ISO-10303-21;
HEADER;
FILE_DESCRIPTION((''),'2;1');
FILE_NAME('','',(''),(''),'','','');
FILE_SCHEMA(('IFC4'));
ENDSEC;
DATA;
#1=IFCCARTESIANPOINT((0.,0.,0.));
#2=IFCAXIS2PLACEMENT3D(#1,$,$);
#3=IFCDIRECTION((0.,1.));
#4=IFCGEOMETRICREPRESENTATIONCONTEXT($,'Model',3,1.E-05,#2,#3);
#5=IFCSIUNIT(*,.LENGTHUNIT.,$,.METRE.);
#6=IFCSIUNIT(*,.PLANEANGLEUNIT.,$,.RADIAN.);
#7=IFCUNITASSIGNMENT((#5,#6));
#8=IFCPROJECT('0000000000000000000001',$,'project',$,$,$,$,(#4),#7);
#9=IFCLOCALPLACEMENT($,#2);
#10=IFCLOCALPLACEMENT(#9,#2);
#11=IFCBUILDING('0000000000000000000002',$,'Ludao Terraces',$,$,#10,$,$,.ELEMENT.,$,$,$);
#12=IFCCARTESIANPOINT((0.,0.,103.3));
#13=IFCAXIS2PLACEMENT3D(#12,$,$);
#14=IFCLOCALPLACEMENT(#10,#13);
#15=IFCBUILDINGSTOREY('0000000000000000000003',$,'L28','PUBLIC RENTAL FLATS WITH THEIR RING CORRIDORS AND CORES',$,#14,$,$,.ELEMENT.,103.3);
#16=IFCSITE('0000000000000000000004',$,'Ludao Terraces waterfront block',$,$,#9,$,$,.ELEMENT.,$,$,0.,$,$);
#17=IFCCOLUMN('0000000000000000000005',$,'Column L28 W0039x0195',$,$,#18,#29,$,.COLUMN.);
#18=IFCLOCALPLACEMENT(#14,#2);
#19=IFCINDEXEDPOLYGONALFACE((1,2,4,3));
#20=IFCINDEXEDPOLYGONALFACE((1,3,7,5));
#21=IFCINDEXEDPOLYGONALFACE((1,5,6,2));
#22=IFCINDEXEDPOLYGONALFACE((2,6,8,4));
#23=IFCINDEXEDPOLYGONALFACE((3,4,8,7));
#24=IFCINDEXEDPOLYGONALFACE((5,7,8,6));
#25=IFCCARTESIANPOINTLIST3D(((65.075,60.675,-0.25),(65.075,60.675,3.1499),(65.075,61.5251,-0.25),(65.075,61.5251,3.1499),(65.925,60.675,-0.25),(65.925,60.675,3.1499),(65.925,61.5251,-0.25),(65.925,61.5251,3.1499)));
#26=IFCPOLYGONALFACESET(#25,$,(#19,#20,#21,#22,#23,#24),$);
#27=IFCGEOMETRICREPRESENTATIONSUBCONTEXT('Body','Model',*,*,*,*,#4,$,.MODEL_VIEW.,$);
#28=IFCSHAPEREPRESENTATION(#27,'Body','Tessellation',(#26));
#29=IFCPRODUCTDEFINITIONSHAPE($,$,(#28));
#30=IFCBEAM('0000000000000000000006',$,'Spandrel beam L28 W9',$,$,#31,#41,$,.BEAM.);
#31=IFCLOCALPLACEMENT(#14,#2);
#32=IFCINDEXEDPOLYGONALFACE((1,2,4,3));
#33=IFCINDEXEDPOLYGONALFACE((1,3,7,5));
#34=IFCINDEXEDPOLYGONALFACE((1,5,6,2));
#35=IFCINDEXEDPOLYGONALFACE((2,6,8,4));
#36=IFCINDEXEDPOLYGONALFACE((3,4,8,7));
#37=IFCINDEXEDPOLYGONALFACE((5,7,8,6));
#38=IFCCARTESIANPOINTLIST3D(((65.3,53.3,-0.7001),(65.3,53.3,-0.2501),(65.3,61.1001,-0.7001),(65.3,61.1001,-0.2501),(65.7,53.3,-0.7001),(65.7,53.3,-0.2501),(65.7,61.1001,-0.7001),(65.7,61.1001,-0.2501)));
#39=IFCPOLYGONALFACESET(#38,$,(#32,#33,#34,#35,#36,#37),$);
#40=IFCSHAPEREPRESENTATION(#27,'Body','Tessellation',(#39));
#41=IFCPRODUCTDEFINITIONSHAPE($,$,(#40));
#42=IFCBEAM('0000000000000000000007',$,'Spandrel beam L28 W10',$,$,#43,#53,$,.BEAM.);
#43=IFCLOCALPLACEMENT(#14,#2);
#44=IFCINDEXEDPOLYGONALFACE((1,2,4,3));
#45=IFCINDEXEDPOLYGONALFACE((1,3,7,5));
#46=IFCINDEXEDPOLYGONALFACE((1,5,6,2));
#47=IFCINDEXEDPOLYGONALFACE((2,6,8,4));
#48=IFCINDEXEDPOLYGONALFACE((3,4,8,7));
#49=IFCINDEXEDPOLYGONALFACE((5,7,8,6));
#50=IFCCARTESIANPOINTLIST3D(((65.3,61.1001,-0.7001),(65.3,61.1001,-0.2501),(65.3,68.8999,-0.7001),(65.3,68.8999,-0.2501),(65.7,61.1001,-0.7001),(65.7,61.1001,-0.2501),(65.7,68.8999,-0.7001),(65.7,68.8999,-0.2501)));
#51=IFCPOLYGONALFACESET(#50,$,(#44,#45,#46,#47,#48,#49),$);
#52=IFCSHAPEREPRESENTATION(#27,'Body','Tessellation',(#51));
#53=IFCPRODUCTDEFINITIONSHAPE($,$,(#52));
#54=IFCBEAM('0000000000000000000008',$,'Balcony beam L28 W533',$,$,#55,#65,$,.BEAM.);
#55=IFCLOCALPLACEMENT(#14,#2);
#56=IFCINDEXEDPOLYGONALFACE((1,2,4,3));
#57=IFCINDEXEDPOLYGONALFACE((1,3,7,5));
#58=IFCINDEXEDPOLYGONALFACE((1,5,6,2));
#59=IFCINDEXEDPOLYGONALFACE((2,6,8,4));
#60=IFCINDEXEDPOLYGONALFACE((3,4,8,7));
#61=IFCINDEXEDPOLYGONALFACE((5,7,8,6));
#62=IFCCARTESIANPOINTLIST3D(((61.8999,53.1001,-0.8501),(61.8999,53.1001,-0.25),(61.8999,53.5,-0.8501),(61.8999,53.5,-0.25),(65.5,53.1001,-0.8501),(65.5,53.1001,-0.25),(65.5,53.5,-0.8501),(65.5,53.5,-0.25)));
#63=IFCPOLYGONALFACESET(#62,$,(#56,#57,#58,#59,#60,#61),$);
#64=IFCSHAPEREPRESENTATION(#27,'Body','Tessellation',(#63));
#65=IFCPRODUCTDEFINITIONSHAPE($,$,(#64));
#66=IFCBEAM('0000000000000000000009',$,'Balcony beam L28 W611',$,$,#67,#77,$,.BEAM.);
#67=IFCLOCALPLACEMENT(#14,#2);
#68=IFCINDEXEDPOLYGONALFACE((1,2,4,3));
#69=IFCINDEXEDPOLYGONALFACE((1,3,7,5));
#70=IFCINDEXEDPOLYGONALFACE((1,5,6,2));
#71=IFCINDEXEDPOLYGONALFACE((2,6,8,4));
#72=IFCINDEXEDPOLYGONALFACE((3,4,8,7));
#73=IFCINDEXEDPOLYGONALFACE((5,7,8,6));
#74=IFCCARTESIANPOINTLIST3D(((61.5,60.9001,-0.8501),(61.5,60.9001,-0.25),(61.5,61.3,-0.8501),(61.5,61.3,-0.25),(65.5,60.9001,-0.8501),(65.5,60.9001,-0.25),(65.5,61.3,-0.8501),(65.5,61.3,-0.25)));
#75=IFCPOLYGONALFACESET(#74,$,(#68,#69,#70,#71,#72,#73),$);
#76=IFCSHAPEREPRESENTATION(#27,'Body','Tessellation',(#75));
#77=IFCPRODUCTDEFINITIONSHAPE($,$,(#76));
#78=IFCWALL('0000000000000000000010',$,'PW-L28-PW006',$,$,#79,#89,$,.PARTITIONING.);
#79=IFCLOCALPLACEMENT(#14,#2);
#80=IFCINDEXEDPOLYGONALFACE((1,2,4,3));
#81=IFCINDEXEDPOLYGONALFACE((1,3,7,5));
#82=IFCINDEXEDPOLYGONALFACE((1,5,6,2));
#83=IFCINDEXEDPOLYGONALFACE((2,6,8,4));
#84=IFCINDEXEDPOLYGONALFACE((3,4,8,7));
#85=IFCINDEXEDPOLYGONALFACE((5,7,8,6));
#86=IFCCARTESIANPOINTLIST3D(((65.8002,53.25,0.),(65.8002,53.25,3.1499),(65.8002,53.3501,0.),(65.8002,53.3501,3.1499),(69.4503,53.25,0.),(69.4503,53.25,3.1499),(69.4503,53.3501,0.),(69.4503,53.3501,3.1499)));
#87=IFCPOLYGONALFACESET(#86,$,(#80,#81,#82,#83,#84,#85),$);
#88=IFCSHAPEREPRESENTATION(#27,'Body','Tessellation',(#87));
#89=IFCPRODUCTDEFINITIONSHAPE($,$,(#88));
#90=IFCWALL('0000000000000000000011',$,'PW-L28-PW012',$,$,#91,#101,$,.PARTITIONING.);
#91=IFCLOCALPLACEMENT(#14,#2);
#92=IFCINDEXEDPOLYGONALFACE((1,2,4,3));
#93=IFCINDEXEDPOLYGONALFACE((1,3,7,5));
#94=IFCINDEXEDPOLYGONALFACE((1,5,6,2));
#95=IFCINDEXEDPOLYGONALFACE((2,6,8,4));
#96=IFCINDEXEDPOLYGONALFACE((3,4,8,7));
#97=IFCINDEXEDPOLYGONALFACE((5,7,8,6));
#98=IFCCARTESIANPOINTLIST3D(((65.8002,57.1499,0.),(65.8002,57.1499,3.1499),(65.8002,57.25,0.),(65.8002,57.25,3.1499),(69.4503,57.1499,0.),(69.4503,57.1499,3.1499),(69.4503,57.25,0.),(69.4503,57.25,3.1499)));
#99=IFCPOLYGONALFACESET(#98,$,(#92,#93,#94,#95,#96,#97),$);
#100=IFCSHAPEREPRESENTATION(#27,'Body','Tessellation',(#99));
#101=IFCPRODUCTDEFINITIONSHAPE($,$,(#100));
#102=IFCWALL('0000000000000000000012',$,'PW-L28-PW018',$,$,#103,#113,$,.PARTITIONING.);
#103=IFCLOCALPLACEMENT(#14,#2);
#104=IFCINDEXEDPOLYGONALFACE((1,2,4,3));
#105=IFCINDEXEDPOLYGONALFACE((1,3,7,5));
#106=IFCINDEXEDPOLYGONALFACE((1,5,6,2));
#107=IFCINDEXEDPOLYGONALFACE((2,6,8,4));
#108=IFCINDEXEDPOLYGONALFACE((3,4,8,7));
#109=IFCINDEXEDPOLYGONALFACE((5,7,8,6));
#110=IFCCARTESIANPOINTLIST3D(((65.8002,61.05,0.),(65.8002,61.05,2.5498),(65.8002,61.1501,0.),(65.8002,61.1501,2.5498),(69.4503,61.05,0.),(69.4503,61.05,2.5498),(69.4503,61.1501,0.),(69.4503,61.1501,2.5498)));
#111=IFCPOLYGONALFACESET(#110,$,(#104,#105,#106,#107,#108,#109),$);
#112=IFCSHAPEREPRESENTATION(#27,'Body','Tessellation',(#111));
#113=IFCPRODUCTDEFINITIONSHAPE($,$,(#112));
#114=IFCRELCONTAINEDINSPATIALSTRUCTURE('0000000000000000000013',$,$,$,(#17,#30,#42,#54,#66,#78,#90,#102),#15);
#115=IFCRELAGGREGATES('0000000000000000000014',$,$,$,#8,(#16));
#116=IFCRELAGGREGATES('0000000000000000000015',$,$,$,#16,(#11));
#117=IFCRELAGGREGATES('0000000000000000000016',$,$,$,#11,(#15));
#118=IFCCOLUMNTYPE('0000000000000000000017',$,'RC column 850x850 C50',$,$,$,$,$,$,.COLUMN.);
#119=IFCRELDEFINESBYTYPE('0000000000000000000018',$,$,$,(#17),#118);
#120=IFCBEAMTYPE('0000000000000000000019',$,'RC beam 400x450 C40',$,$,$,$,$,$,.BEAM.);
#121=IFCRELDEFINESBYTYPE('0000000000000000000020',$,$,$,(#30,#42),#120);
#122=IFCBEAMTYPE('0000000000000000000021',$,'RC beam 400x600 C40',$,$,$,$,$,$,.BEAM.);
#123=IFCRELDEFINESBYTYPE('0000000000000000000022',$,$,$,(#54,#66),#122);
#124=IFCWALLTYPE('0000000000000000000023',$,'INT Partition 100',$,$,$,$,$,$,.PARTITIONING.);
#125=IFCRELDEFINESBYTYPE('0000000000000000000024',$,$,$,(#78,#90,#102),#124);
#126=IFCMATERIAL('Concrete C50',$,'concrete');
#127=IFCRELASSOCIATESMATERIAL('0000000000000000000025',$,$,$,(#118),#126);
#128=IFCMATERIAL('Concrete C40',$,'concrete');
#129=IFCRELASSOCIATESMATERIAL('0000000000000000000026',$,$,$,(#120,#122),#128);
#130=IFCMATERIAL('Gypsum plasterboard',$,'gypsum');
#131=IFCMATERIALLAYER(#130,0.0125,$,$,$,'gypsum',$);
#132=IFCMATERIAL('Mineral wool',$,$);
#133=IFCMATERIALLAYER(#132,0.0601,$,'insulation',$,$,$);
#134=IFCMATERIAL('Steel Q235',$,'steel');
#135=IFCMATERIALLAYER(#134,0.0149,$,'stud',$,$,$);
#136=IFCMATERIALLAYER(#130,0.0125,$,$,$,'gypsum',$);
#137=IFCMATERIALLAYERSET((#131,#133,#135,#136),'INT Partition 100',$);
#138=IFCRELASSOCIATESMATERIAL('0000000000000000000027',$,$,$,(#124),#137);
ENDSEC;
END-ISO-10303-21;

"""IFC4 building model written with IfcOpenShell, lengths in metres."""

from ifc_helpers import new_model, si_unit, direction, frame, frame_2d, origin, origin_2d, place, context, subcontext, project, spatial, rectangle, extrude, material, layer, layer_set, material_profile, profile_set, type_object, element, save


model = new_model("IFC4")

# Units and contexts
model_context = context("Model", 3, precision=1e-05, world=origin(), true_north=direction((0.0, 1.0)))
body_context = subcontext(model_context, "Body", "Model", "MODEL_VIEW")
ifc_project = project(units=[si_unit("LENGTHUNIT", "METRE"), si_unit("PLANEANGLEUNIT", "RADIAN")], contexts=[model_context])

# Site, building, storey
site_placement = place(None, origin())
site = spatial("IfcSite", under=ifc_project, at=site_placement, Name="Ludao Terraces waterfront block", CompositionType="ELEMENT", RefElevation=0.0)
building_placement = place(site_placement, origin())
building = spatial("IfcBuilding", under=site, at=building_placement, Name="Ludao Terraces", CompositionType="ELEMENT")
storey_placement = place(building_placement, frame((0.0, 0.0, 103.3)))
storey = spatial("IfcBuildingStorey", under=building, at=storey_placement, Name="L28", Description="PUBLIC RENTAL FLATS WITH THEIR RING CORRIDORS AND CORES", CompositionType="ELEMENT", Elevation=103.3)

# Column
ifc_material_1 = material(Name="Concrete C50", Category="concrete")
ifc_material_profile_1 = material_profile(ifc_material_1, rectangle(XDim=0.8501, YDim=0.8501, at=origin_2d()), Name="850 X 850")
ifc_profile_set_1 = profile_set([ifc_material_profile_1], Name="Concrete C50")
column_type = type_object("IfcColumnType", Name="RC column 850x850 C50", PredefinedType="COLUMN", material=ifc_profile_set_1)
column_placement = place(storey_placement, frame((65.5, 61.1001, -0.25), z_axis=(0.0, 0.0, 1.0), x_axis=(1.0, 0.0, 0.0)))
element("IfcColumn", 1, at=column_placement, inside=storey, type_object=column_type, Name="Column L28 W0039x0195", PredefinedType="COLUMN", context=body_context, shape_type="SweptSolid", body=[
    extrude(rectangle(XDim=0.8501, YDim=0.8501, at=origin_2d()), origin(), (0.0, 0.0, 1.0), 3.3999),
])

# Beams
ifc_material_2 = material(Name="Concrete C40", Category="concrete")
ifc_material_profile_2 = material_profile(ifc_material_2, rectangle(XDim=0.3999, YDim=0.45, at=origin_2d()), Name="400 X 450")
ifc_profile_set_2 = profile_set([ifc_material_profile_2], Name="Concrete C40")
beam_type_1 = type_object("IfcBeamType", Name="RC beam 400x450 C40", PredefinedType="BEAM", material=ifc_profile_set_2)
beam_1_placement = place(storey_placement, frame((65.5, 53.3, -0.4751), z_axis=(0.0, 1.0, 0.0), x_axis=(-1.0, 0.0, 0.0)))
element("IfcBeam", 2, at=beam_1_placement, inside=storey, type_object=beam_type_1, Name="Spandrel beam L28 W9", PredefinedType="BEAM", context=body_context, shape_type="SweptSolid", body=[
    extrude(rectangle(XDim=0.3999, YDim=0.45, at=origin_2d()), origin(), (0.0, 0.0, 1.0), 7.8),
])
beam_2_placement = place(storey_placement, frame((65.5, 61.1001, -0.4751), z_axis=(0.0, 1.0, 0.0), x_axis=(-1.0, 0.0, 0.0)))
element("IfcBeam", 3, at=beam_2_placement, inside=storey, type_object=beam_type_1, Name="Spandrel beam L28 W10", PredefinedType="BEAM", context=body_context, shape_type="SweptSolid", body=[
    extrude(rectangle(XDim=0.3999, YDim=0.45, at=origin_2d()), origin(), (0.0, 0.0, 1.0), 7.7998),
])
ifc_material_profile_3 = material_profile(ifc_material_2, rectangle(XDim=0.3999, YDim=0.6001, at=origin_2d()), Name="400 X 600")
ifc_profile_set_3 = profile_set([ifc_material_profile_3], Name="Concrete C40")
beam_type_2 = type_object("IfcBeamType", Name="RC beam 400x600 C40", PredefinedType="BEAM", material=ifc_profile_set_3)
beam_3_placement = place(storey_placement, frame((65.5, 53.3, -0.55), z_axis=(-1.0, 0.0, 0.0), x_axis=(0.0, -1.0, 0.0)))
element("IfcBeam", 4, at=beam_3_placement, inside=storey, type_object=beam_type_2, Name="Balcony beam L28 W533", PredefinedType="BEAM", context=body_context, shape_type="SweptSolid", body=[
    extrude(rectangle(XDim=0.3999, YDim=0.6001, at=origin_2d()), origin(), (0.0, 0.0, 1.0), 3.6001),
])
beam_4_placement = place(storey_placement, frame((65.5, 61.1001, -0.55), z_axis=(-1.0, 0.0, 0.0), x_axis=(0.0, -1.0, 0.0)))
element("IfcBeam", 5, at=beam_4_placement, inside=storey, type_object=beam_type_2, Name="Balcony beam L28 W611", PredefinedType="BEAM", context=body_context, shape_type="SweptSolid", body=[
    extrude(rectangle(XDim=0.3999, YDim=0.6001, at=origin_2d()), origin(), (0.0, 0.0, 1.0), 4.0),
])

# Shared definitions
ifc_material_3 = material(Name="Mineral wool")

# Walls
ifc_material_4 = material(Name="Gypsum plasterboard", Category="gypsum")
ifc_layer_1 = layer(ifc_material_4, 0.0125, Category="gypsum")
ifc_layer_2 = layer(ifc_material_3, 0.0601, Name="insulation")
ifc_material_5 = material(Name="Steel Q235", Category="steel")
ifc_layer_3 = layer(ifc_material_5, 0.0149, Name="stud")
ifc_layer_4 = layer(ifc_material_4, 0.0125, Category="gypsum")
ifc_layer_set_1 = layer_set([ifc_layer_1, ifc_layer_2, ifc_layer_3, ifc_layer_4], Name="INT Partition 100")
wall_type_1 = type_object("IfcWallType", Name="INT Partition 100", PredefinedType="PARTITIONING", material=ifc_layer_set_1)
for number, where, z_axis, x_axis, name in (
    (6, (65.8, 53.3, 0.0), (0.0, 0.0, 1.0), (1.0, 0.0, 0.0), "PW-L28-PW006"),
    (7, (65.8, 57.2, 0.0), (0.0, 0.0, 1.0), (1.0, 0.0, 0.0), "PW-L28-PW012"),
):
    element("IfcWall", number, at=place(storey_placement, frame(where, z_axis=z_axis, x_axis=x_axis)), inside=storey, type_object=wall_type_1, Name=name, PredefinedType="PARTITIONING", context=body_context, shape_type="SweptSolid", body=[
        extrude(rectangle(XDim=3.6501, YDim=0.1001, at=frame_2d((1.8252, 0.0))), origin(), (0.0, 0.0, 1.0), 3.1499),
    ])
wall_1_placement = place(storey_placement, frame((65.8, 61.1001, 0.0), z_axis=(0.0, 0.0, 1.0), x_axis=(1.0, 0.0, 0.0)))
element("IfcWall", 8, at=wall_1_placement, inside=storey, type_object=wall_type_1, Name="PW-L28-PW018", PredefinedType="PARTITIONING", context=body_context, shape_type="SweptSolid", body=[
    extrude(rectangle(XDim=3.6501, YDim=0.1001, at=frame_2d((1.8252, 0.0))), origin(), (0.0, 0.0, 1.0), 2.5498),
])

save(model, "model.ifc")
